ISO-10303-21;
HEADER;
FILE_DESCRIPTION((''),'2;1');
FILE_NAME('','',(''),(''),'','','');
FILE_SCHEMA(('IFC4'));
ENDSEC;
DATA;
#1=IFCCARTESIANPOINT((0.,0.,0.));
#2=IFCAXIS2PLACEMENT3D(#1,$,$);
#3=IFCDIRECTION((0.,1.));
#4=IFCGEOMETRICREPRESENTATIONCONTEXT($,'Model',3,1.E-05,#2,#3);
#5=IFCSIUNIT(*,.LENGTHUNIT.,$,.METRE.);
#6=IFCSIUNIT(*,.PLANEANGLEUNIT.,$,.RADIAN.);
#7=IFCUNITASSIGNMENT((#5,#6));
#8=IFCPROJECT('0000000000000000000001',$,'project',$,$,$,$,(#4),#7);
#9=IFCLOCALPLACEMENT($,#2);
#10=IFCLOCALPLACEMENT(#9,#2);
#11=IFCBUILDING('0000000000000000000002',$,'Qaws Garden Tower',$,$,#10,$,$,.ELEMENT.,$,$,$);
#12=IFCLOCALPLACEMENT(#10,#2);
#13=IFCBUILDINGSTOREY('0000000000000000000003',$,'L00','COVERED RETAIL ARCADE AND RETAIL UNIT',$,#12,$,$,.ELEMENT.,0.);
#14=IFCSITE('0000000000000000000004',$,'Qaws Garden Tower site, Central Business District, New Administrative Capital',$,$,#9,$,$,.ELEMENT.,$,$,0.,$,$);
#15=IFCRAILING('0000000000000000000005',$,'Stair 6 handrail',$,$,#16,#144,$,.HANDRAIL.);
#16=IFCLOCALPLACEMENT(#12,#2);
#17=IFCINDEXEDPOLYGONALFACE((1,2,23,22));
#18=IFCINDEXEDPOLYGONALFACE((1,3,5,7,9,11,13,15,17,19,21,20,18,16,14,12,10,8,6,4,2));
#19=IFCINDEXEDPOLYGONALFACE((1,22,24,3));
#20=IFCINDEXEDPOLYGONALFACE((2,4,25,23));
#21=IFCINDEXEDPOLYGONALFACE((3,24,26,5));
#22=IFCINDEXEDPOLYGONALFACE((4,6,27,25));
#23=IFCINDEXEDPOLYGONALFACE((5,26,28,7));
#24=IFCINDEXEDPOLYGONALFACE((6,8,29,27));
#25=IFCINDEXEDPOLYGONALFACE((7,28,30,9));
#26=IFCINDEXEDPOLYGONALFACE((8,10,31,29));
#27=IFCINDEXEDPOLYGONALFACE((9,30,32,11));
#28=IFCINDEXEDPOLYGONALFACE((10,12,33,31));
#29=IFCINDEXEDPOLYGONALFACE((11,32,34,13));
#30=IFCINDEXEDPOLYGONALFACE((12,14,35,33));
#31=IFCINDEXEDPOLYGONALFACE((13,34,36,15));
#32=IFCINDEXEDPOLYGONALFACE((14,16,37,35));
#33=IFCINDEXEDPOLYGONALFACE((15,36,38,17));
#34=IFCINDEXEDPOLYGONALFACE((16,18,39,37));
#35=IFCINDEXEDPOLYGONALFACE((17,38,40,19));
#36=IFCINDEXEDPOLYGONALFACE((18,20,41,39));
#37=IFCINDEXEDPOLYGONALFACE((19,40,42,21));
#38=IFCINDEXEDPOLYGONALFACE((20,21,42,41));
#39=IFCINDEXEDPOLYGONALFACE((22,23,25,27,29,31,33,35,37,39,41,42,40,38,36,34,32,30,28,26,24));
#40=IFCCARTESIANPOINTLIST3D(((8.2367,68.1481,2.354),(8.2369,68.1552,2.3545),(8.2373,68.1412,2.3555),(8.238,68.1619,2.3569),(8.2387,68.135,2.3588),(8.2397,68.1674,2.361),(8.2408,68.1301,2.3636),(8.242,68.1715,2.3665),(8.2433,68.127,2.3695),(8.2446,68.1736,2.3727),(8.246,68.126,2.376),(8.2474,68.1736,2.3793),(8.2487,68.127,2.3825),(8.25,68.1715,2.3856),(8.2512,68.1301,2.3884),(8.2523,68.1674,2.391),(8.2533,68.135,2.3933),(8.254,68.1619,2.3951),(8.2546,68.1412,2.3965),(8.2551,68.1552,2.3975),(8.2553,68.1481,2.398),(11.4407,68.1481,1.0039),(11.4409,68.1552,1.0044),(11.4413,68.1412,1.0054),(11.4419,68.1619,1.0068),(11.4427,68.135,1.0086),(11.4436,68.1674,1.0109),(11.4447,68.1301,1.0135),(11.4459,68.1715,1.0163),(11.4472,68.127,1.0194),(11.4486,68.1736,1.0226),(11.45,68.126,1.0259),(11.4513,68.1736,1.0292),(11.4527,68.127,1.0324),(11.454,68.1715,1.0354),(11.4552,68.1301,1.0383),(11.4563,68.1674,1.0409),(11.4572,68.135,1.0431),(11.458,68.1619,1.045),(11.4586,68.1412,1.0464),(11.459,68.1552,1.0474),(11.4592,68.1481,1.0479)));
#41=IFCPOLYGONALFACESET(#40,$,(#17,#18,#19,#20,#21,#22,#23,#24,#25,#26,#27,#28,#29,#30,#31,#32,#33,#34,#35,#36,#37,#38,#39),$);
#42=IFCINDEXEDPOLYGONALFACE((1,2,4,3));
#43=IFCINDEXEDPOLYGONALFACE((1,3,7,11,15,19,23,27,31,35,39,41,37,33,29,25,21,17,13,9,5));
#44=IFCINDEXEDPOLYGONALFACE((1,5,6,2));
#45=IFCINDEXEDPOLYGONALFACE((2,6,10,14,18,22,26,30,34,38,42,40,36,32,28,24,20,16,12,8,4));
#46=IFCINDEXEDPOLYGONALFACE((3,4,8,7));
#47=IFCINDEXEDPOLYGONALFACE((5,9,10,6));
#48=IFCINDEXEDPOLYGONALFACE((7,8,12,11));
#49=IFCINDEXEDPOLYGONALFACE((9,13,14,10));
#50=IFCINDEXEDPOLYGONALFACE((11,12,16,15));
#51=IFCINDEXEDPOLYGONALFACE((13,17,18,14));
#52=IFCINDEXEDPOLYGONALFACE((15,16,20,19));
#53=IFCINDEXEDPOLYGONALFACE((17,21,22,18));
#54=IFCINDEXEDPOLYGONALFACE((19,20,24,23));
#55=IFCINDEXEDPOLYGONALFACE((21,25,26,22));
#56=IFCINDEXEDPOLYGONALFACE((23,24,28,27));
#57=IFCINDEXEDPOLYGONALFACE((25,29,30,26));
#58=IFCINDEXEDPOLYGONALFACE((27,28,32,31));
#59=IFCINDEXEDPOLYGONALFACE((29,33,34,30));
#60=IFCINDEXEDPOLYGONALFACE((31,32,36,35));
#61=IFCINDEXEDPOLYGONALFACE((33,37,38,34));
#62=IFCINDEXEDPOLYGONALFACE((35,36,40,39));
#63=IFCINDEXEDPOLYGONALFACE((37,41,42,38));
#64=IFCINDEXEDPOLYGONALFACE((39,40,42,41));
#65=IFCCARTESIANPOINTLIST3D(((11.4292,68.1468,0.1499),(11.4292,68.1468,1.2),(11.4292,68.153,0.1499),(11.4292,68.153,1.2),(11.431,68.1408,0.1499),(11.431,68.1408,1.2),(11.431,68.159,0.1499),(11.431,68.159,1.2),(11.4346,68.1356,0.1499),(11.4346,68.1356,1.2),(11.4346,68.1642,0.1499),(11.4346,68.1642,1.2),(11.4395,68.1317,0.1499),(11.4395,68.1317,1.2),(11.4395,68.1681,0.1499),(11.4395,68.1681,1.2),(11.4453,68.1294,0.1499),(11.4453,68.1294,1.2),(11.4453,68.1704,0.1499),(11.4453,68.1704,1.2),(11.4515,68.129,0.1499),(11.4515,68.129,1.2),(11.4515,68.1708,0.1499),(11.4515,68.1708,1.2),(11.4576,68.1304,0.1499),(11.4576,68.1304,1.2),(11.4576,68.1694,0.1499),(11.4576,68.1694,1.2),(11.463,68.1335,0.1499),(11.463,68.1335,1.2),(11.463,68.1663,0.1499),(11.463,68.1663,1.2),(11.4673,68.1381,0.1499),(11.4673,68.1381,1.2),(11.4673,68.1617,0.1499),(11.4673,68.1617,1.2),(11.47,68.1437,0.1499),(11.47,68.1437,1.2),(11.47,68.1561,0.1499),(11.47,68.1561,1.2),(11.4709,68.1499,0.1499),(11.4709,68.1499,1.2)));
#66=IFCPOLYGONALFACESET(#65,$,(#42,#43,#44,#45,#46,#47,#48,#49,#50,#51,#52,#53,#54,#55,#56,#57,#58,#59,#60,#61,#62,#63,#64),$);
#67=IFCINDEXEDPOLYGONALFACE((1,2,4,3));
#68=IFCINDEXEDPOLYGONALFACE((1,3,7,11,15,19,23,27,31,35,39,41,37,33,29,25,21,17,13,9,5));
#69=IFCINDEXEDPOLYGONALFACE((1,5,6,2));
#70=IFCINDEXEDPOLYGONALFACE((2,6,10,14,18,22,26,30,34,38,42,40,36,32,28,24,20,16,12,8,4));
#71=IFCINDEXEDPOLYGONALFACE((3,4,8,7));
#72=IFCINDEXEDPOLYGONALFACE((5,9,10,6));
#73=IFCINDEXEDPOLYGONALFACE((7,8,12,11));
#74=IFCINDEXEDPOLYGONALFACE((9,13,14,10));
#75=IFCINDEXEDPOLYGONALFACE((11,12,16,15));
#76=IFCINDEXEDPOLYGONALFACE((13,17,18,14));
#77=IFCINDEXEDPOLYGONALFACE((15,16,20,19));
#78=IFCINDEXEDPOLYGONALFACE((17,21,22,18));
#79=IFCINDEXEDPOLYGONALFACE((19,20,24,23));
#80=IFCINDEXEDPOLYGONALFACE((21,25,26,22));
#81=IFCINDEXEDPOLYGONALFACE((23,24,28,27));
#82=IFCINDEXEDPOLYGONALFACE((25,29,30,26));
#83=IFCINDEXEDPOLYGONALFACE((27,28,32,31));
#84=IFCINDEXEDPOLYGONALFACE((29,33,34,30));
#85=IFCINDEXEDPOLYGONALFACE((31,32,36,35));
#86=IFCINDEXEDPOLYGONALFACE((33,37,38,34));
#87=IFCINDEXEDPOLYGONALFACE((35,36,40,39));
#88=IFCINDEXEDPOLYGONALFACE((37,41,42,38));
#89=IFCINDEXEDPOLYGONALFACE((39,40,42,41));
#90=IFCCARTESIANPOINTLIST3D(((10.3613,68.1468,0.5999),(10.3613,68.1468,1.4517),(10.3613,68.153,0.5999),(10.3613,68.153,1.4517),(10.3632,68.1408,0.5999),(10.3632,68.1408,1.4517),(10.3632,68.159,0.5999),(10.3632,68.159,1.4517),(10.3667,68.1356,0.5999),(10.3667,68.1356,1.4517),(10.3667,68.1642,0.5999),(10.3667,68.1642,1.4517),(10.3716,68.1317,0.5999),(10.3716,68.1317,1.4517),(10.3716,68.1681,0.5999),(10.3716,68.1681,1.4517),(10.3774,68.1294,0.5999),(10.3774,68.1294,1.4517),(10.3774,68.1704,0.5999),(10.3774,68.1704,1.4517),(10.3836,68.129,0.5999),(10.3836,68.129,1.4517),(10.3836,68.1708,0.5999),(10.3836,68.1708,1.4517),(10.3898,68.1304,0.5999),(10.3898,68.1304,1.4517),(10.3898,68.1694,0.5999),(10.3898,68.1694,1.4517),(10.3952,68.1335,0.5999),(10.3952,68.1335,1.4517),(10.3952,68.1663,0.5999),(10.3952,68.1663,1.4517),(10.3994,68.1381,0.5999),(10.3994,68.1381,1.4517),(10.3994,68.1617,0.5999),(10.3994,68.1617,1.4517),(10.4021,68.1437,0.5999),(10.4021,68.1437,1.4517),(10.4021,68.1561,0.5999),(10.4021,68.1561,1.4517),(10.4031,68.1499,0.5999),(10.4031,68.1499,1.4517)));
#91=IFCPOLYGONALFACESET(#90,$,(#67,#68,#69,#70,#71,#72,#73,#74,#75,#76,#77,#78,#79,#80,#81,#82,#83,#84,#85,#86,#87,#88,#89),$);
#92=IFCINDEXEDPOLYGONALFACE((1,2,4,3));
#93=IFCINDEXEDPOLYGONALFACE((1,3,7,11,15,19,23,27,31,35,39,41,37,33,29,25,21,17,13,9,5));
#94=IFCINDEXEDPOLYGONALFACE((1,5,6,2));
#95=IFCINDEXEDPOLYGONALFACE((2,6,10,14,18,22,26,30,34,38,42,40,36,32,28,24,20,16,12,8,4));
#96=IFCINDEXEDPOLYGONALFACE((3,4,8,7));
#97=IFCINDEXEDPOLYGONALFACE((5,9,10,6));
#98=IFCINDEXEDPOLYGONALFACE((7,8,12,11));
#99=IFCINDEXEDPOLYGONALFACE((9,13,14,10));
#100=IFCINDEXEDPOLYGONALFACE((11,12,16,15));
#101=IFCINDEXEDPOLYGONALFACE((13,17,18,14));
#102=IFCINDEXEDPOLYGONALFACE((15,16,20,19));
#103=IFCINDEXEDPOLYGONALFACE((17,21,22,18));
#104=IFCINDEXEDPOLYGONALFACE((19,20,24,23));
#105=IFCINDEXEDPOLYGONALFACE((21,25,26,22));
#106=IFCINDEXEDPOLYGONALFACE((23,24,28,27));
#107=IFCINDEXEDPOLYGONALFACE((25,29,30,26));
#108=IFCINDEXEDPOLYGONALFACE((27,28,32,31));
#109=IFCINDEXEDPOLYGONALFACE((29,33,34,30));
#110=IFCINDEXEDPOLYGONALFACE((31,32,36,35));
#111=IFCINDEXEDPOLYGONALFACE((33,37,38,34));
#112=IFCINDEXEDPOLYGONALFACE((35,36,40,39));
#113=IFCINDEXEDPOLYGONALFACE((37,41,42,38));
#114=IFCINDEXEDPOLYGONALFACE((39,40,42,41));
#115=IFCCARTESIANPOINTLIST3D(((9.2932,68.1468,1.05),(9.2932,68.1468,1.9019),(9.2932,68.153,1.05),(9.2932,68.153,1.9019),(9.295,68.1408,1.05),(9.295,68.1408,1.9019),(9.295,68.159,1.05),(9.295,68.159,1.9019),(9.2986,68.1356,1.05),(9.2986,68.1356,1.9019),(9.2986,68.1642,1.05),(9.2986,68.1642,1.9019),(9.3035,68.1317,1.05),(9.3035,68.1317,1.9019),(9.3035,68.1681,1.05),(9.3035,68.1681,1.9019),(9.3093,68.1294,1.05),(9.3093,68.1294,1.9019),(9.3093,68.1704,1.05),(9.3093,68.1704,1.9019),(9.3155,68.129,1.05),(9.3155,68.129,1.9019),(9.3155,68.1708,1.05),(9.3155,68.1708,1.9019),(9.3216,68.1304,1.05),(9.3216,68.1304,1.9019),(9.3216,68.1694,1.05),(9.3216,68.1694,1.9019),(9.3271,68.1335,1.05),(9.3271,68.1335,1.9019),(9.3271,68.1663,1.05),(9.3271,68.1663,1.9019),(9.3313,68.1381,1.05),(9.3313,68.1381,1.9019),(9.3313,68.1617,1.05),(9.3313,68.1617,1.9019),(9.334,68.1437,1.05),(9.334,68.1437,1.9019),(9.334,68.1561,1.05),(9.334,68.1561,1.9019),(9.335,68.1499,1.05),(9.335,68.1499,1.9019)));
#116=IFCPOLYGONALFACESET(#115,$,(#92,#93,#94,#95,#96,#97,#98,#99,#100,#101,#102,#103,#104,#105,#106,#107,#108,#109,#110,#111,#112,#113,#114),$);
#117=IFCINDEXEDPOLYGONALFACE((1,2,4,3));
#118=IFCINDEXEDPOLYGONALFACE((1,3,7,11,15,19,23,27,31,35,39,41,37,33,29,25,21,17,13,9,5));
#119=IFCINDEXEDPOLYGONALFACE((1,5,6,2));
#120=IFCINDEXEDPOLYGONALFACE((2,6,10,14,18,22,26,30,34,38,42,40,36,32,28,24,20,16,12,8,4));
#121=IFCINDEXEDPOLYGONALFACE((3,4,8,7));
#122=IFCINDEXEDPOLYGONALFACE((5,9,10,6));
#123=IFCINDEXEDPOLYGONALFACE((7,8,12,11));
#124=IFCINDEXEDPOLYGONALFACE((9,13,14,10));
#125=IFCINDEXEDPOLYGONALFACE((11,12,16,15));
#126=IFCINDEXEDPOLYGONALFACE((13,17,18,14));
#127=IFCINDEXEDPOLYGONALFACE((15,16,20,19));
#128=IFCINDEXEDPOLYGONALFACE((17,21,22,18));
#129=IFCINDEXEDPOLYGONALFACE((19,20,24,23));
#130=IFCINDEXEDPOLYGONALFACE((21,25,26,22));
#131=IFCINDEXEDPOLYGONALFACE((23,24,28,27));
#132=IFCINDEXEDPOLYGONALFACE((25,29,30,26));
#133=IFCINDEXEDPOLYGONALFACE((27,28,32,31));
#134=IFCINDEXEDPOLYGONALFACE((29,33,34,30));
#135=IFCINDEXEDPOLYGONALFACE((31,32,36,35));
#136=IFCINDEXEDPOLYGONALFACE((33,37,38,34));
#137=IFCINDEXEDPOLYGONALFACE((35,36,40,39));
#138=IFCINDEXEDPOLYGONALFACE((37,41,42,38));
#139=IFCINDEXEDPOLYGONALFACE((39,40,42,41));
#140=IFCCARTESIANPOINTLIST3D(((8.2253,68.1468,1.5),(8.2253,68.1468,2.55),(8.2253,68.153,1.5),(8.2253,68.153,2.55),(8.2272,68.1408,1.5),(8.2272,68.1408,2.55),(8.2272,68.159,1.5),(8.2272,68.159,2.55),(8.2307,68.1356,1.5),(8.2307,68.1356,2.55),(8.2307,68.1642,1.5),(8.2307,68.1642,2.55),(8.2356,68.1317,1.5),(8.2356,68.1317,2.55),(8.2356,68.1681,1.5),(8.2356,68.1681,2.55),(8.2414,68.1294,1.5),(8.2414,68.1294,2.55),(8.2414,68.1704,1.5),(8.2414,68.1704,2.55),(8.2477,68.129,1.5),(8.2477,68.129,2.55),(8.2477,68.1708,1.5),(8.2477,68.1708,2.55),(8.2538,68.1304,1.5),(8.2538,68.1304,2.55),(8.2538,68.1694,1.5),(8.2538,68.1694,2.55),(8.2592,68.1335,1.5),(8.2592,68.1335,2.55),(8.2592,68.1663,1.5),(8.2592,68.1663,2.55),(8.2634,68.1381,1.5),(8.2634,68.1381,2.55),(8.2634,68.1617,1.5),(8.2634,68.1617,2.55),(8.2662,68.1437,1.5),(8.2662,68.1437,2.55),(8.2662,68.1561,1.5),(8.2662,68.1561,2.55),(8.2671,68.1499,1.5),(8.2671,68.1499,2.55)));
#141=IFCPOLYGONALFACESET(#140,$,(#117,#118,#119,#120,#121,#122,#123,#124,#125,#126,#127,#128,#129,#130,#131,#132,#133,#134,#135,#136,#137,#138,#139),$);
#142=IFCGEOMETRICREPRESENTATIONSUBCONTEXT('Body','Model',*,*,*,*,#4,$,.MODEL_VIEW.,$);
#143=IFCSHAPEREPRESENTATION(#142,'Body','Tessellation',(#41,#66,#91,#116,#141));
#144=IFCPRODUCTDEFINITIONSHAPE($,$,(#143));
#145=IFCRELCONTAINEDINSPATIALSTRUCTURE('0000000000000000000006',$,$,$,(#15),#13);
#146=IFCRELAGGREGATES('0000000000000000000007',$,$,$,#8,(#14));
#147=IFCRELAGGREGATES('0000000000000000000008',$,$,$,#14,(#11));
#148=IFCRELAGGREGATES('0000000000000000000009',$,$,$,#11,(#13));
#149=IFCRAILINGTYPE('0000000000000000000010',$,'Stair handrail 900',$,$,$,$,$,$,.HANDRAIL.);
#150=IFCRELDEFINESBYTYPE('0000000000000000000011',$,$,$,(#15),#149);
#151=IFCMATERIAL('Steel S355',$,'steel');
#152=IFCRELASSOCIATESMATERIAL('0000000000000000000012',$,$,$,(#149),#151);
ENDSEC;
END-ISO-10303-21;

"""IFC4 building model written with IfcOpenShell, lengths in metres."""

from ifc_helpers import new_model, si_unit, direction, frame, origin, origin_2d, place, context, subcontext, project, spatial, circle, extrude, material, type_object, element, save


model = new_model("IFC4")

# Units and contexts
model_context = context("Model", 3, precision=1e-05, world=origin(), true_north=direction((0.0, 1.0)))
body_context = subcontext(model_context, "Body", "Model", "MODEL_VIEW")
ifc_project = project(units=[si_unit("LENGTHUNIT", "METRE"), si_unit("PLANEANGLEUNIT", "RADIAN")], contexts=[model_context])

# Site, building, storey
site_placement = place(None, origin())
site = spatial("IfcSite", under=ifc_project, at=site_placement, Name="Qaws Garden Tower site, Central Business District, New Administrative Capital", CompositionType="ELEMENT", RefElevation=0.0)
building_placement = place(site_placement, origin())
building = spatial("IfcBuilding", under=site, at=building_placement, Name="Qaws Garden Tower", CompositionType="ELEMENT")
storey_placement = place(building_placement, origin())
storey = spatial("IfcBuildingStorey", under=building, at=storey_placement, Name="L00", Description="COVERED RETAIL ARCADE AND RETAIL UNIT", CompositionType="ELEMENT", Elevation=0.0)

# Railing
ifc_material_1 = material(Name="Steel S355", Category="steel")
railing_type = type_object("IfcRailingType", Name="Stair handrail 900", PredefinedType="HANDRAIL", material=ifc_material_1)
for number, where, name in (
    (1, (11.45, 68.1499, 0.1499), "Stair 6 handrail"),
):
    element("IfcRailing", number, at=place(storey_placement, frame(where)), inside=storey, type_object=railing_type, Name=name, PredefinedType="HANDRAIL", context=body_context, shape_type="SweptSolid", body=[
        extrude(circle(Radius=0.0239, at=origin_2d()), frame((0.0, 0.0, 0.876), z_axis=(-0.921522, 0.0, 0.388327), x_axis=(0.0, -1.0, 0.0)), (0.0, 0.0, 1.0), 3.4768),
        extrude(circle(Radius=0.021, at=origin_2d()), origin(), (0.0, 0.0, 1.0), 1.05),
        extrude(circle(Radius=0.021, at=origin_2d()), frame((-1.0679, 0.0, 0.45)), (0.0, 0.0, 1.0), 0.8518),
        extrude(circle(Radius=0.021, at=origin_2d()), frame((-2.136, 0.0, 0.9001)), (0.0, 0.0, 1.0), 0.8518),
        extrude(circle(Radius=0.021, at=origin_2d()), frame((-3.2039, 0.0, 1.3501)), (0.0, 0.0, 1.0), 1.05),
    ])

save(model, "model.ifc")
